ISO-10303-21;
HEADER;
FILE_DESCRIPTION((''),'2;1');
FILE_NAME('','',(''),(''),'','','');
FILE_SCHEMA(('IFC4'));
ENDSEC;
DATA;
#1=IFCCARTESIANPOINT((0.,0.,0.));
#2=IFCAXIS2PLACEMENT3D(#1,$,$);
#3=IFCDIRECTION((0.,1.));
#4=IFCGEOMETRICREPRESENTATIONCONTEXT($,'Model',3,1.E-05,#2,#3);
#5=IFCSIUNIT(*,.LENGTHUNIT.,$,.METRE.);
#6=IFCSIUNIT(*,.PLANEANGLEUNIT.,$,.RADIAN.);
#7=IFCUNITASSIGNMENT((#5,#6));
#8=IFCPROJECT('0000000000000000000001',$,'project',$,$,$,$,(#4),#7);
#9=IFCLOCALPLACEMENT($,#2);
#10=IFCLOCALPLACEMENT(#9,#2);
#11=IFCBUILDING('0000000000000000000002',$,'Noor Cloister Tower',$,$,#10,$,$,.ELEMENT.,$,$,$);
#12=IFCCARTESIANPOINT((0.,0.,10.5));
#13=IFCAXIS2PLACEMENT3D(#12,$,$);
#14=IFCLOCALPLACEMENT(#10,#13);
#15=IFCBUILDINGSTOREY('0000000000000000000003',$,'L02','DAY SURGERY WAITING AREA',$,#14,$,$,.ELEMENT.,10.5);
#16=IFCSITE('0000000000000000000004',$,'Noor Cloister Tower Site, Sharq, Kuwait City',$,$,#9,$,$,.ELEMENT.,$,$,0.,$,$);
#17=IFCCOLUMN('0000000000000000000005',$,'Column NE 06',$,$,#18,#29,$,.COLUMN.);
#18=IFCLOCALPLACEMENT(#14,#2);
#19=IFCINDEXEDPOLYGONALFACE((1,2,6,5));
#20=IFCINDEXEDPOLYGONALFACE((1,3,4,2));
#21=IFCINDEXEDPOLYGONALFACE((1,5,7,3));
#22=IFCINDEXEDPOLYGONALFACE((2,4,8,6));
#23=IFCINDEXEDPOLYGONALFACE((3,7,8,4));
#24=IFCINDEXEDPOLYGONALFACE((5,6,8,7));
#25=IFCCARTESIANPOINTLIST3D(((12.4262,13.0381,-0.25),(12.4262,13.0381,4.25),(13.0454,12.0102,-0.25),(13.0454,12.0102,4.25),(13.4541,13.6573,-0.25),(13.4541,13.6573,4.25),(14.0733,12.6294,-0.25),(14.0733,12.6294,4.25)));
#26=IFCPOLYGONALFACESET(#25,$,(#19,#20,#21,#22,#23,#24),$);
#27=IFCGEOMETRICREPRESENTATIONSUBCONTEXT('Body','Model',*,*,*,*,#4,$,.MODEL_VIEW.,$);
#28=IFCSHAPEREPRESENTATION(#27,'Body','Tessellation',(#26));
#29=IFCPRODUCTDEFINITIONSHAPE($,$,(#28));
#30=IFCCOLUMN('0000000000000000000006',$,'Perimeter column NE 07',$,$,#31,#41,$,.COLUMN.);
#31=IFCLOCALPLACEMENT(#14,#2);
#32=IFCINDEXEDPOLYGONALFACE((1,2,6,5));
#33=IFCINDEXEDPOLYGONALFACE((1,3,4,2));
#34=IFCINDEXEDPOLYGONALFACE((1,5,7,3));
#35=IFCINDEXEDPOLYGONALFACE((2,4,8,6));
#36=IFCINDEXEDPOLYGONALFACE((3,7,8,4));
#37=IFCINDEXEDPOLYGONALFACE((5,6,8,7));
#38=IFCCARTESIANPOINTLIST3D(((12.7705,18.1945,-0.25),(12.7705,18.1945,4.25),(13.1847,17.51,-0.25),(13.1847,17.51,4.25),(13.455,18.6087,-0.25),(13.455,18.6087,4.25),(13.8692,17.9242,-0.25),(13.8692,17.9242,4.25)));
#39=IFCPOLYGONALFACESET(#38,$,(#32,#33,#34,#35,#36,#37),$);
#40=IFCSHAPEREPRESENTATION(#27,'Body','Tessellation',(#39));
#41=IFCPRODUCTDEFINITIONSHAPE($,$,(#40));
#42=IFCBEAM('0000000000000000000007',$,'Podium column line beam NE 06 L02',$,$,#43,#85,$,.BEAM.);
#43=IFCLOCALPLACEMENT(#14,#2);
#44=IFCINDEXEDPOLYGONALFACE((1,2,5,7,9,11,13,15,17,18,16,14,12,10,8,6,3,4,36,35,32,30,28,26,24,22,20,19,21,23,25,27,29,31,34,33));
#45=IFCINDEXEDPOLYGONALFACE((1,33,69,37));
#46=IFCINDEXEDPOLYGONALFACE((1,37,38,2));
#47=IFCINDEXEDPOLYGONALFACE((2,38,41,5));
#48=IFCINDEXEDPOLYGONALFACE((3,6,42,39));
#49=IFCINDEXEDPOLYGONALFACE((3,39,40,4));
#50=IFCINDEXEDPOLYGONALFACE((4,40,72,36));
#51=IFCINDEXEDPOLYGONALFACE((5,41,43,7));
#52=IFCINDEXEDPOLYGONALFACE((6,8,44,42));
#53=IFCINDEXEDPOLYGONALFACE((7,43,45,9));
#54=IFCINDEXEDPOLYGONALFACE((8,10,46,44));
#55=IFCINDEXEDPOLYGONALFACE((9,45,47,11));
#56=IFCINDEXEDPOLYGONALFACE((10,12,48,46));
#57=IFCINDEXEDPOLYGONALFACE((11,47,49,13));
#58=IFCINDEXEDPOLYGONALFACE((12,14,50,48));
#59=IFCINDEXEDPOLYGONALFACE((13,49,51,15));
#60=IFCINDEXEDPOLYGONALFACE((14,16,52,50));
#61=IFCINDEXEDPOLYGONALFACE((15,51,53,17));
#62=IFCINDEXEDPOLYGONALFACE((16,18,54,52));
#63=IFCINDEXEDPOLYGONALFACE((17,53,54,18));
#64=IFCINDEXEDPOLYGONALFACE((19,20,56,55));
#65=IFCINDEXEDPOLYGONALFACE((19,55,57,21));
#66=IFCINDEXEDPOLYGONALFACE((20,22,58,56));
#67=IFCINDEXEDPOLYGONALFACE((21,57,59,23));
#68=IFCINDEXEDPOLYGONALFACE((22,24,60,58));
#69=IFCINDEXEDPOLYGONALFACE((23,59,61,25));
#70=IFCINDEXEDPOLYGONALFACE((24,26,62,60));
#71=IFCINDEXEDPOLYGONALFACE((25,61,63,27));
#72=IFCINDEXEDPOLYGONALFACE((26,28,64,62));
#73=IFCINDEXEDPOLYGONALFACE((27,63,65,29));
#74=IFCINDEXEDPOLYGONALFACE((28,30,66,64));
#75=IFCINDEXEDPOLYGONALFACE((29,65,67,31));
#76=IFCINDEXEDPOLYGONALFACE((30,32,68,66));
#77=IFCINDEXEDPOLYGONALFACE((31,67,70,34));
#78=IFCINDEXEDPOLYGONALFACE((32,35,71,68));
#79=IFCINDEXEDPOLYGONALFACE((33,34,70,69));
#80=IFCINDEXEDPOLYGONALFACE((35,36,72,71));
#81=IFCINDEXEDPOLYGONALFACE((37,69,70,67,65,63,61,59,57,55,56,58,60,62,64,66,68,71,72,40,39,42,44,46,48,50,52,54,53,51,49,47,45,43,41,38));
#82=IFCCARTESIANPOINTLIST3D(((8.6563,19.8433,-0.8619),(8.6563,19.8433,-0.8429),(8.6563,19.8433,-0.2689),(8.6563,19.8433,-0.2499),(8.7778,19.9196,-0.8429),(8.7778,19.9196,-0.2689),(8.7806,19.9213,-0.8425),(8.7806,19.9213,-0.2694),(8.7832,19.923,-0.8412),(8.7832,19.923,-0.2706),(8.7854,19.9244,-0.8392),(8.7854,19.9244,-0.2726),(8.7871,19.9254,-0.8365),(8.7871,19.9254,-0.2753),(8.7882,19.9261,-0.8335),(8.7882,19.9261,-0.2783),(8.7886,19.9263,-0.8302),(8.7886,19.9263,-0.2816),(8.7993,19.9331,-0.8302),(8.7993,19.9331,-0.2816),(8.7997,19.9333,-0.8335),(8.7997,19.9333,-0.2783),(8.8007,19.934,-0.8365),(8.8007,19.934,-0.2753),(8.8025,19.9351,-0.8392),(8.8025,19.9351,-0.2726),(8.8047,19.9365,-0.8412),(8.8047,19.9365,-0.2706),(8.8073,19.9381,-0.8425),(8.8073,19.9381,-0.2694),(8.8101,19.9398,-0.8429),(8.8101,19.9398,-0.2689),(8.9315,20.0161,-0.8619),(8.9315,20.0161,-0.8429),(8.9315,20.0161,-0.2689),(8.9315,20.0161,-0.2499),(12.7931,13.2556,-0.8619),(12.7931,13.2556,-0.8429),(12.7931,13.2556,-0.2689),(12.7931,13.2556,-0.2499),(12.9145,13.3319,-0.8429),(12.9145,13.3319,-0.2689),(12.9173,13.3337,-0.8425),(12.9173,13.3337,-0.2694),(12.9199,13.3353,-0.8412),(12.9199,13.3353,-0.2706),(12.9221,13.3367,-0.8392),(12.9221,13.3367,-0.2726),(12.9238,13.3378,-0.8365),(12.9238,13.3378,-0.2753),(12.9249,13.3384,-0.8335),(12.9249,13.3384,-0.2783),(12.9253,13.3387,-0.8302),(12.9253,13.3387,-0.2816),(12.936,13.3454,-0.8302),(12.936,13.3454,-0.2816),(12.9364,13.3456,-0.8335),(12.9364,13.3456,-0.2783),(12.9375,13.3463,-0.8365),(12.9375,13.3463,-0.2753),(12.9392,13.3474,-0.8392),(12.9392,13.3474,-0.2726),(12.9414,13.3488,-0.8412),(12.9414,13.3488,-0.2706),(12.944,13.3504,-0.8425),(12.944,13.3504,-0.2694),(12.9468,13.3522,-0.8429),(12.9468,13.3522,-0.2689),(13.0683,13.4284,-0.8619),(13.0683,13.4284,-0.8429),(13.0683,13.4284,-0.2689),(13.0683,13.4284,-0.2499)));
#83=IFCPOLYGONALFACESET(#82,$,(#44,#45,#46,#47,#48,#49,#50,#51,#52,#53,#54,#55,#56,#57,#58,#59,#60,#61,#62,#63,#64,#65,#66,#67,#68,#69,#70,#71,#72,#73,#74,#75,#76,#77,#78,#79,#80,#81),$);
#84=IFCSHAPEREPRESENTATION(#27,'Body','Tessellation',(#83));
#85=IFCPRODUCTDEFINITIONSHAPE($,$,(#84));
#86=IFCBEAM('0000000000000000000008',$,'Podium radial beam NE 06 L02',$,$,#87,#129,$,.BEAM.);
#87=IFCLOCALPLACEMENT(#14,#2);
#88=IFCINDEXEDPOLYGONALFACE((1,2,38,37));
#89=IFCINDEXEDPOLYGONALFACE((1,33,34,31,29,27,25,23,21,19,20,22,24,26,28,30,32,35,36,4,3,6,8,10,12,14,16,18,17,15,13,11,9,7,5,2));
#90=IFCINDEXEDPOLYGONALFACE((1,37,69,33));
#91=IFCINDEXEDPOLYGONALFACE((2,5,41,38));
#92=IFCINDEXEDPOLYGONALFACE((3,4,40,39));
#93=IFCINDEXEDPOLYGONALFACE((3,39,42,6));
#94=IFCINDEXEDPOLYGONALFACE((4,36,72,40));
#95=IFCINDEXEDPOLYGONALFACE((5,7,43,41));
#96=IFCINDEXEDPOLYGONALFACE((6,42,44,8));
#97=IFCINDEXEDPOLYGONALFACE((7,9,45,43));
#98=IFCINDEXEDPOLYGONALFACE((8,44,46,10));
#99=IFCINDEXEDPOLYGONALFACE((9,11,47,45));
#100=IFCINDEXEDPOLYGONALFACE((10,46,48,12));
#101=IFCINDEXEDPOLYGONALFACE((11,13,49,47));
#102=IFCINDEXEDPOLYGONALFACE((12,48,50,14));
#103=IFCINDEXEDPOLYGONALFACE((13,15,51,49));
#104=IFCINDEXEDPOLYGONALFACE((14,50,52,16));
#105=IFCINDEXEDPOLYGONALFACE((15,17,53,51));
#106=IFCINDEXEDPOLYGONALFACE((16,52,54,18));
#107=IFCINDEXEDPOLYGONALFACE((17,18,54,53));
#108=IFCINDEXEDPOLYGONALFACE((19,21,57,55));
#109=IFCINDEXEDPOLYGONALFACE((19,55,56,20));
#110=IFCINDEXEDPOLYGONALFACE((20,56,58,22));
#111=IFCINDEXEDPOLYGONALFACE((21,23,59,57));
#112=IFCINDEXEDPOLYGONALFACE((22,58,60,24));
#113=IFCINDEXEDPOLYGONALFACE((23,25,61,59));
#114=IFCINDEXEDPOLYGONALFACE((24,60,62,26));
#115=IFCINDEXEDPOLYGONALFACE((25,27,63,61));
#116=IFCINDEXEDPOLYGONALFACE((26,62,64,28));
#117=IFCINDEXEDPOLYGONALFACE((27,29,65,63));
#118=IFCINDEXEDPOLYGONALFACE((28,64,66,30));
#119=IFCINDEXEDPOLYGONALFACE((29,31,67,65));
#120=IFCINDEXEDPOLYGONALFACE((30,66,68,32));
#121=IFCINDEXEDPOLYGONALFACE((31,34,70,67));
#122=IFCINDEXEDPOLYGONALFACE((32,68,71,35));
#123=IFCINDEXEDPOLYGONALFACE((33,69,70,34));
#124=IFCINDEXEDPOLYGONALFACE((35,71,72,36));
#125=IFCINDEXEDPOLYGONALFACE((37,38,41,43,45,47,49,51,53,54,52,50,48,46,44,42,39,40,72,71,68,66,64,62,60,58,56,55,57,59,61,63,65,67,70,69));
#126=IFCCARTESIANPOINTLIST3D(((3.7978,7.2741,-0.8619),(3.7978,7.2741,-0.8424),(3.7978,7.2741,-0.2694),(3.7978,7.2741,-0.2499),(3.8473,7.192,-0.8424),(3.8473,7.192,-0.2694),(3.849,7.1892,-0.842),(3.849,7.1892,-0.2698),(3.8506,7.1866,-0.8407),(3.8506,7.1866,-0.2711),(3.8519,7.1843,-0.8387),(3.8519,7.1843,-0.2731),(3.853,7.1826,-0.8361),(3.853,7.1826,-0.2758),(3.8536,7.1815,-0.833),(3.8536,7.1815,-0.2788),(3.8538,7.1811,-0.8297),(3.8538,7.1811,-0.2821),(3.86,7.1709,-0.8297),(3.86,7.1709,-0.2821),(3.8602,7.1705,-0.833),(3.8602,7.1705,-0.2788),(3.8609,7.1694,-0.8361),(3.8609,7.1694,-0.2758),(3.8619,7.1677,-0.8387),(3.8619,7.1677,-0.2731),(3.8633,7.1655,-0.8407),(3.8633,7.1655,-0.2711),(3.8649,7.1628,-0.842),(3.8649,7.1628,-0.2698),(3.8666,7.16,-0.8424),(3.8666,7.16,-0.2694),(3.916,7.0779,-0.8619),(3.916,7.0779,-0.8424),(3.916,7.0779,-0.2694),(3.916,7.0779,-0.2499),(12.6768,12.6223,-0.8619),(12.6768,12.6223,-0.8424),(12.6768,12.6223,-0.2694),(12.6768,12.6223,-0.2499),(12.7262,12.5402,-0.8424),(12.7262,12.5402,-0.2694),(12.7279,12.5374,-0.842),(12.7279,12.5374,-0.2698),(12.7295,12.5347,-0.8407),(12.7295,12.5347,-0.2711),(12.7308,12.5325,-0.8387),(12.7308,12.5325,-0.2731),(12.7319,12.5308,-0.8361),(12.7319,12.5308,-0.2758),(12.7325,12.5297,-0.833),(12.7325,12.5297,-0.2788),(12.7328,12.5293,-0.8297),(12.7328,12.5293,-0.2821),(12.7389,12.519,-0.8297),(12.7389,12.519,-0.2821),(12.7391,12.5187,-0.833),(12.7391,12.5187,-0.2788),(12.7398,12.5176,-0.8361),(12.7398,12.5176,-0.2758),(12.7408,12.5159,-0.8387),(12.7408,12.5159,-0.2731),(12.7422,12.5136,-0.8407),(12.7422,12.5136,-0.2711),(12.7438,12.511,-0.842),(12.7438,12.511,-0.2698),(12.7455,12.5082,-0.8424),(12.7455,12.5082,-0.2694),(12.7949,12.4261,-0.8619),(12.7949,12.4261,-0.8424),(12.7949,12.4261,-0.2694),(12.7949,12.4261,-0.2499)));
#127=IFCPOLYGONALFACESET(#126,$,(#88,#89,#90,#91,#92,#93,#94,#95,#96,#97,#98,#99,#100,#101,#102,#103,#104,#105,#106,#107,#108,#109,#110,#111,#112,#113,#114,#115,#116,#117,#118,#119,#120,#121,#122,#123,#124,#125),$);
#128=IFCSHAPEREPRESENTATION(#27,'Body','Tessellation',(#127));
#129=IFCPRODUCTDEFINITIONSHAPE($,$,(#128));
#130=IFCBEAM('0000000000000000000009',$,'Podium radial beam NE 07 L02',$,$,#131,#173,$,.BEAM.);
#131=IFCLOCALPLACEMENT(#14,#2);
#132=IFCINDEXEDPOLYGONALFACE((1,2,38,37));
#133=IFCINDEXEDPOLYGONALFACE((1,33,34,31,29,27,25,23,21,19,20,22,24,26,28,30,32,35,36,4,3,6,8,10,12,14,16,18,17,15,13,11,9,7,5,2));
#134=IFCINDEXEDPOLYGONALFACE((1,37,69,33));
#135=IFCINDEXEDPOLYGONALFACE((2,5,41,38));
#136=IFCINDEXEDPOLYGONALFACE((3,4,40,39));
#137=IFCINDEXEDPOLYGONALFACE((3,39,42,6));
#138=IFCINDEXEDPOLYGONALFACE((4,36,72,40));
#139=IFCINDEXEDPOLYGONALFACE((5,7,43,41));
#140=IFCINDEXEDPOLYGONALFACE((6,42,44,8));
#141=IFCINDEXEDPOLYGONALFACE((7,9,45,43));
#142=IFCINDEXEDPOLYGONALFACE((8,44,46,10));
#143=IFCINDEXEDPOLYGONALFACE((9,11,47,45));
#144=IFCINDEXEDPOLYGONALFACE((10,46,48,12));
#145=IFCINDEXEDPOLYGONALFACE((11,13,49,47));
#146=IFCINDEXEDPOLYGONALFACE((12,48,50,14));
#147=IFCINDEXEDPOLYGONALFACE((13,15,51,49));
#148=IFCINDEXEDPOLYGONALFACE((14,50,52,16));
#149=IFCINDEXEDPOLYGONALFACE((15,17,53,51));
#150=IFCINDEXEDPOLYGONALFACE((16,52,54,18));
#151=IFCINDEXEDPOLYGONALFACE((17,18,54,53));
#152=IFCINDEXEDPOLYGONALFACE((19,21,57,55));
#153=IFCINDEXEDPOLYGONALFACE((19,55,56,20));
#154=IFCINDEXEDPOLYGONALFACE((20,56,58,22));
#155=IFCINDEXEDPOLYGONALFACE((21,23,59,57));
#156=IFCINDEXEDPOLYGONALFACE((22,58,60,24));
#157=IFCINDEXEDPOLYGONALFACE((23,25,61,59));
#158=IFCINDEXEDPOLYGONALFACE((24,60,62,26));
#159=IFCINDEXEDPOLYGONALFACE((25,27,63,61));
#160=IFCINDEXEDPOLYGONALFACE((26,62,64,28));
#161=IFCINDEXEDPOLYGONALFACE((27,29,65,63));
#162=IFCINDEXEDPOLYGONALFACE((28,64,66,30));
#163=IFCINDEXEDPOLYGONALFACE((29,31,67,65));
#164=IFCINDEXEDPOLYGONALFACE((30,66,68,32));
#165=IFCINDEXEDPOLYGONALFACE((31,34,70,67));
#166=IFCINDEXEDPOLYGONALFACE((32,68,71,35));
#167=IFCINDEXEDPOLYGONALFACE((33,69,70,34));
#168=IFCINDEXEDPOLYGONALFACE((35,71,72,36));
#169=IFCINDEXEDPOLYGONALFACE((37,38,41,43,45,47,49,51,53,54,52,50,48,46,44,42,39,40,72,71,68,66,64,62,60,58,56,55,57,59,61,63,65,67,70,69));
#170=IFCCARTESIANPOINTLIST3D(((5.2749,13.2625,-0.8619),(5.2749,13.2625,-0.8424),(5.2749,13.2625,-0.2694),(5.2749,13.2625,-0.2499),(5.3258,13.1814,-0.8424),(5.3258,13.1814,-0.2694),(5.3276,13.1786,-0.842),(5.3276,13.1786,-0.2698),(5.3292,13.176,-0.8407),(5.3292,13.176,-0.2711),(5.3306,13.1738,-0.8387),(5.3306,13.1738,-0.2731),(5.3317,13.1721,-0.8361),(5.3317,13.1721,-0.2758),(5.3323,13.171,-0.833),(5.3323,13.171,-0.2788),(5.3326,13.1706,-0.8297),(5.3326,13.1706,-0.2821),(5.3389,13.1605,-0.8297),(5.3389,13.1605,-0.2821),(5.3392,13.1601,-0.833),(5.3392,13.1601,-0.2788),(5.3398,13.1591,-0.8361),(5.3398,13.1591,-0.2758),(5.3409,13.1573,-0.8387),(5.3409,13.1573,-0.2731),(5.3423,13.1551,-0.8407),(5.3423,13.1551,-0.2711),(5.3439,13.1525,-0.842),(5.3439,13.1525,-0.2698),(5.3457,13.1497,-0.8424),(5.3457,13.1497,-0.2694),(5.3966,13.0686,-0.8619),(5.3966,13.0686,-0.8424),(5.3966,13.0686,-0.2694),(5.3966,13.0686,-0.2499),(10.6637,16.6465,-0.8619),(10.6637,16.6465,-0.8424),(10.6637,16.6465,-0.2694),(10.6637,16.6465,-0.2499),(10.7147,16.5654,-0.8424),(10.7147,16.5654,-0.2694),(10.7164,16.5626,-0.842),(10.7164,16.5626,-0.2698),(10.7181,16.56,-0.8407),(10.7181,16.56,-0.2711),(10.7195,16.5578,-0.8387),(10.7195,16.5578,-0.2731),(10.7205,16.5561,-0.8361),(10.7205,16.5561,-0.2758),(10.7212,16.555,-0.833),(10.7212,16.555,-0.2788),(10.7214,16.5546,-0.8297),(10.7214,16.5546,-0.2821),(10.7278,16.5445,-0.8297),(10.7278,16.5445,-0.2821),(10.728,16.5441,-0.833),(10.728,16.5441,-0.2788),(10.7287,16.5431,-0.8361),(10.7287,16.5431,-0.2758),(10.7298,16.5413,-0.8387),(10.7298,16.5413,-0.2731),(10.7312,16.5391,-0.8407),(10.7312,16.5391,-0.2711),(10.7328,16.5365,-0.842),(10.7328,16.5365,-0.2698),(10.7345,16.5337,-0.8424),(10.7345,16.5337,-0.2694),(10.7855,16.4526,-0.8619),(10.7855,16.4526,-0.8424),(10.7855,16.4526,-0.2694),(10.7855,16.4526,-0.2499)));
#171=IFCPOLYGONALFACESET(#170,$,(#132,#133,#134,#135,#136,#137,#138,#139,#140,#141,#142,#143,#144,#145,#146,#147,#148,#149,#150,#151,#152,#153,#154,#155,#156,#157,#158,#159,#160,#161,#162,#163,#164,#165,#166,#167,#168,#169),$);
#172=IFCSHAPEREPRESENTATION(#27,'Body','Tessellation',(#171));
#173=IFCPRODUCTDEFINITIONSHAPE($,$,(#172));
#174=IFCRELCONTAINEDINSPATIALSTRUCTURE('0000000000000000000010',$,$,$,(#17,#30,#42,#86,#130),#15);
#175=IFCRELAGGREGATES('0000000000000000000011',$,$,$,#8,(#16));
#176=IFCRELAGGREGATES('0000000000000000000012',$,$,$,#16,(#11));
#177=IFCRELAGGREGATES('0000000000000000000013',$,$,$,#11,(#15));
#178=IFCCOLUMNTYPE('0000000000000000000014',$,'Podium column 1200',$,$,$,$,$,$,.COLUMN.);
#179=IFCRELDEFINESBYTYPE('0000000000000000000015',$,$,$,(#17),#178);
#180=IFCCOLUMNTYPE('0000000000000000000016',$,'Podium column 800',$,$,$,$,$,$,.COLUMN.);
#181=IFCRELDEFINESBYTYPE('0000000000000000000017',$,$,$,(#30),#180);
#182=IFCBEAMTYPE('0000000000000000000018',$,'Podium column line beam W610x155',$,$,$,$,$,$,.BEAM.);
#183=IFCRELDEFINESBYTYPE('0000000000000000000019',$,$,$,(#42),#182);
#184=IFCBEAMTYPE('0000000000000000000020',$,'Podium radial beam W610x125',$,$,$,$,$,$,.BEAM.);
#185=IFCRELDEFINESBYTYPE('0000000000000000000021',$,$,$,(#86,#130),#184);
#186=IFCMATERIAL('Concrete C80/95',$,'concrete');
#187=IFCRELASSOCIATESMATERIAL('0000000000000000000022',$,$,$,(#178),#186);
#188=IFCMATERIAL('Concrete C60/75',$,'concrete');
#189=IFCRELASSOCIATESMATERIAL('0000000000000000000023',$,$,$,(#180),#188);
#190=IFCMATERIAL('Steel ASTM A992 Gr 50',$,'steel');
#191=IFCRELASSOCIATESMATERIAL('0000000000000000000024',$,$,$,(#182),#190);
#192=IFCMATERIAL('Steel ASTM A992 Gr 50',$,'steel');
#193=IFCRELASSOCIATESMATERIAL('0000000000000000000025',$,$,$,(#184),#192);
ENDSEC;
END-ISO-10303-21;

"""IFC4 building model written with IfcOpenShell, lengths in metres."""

from ifc_helpers import new_model, si_unit, direction, frame, origin, origin_2d, place, context, subcontext, project, spatial, rectangle, i_section, extrude, material, material_profile, profile_set, type_object, element, save


model = new_model("IFC4")

# Units and contexts
model_context = context("Model", 3, precision=1e-05, world=origin(), true_north=direction((0.0, 1.0)))
body_context = subcontext(model_context, "Body", "Model", "MODEL_VIEW")
ifc_project = project(units=[si_unit("LENGTHUNIT", "METRE"), si_unit("PLANEANGLEUNIT", "RADIAN")], contexts=[model_context])

# Site, building, storey
site_placement = place(None, origin())
site = spatial("IfcSite", under=ifc_project, at=site_placement, Name="Noor Cloister Tower Site, Sharq, Kuwait City", CompositionType="ELEMENT", RefElevation=0.0)
building_placement = place(site_placement, origin())
building = spatial("IfcBuilding", under=site, at=building_placement, Name="Noor Cloister Tower", CompositionType="ELEMENT")
storey_placement = place(building_placement, frame((0.0, 0.0, 10.5)))
storey = spatial("IfcBuildingStorey", under=building, at=storey_placement, Name="L02", Description="DAY SURGERY WAITING AREA", CompositionType="ELEMENT", Elevation=10.5)

# Columns
ifc_material_1 = material(Name="Concrete C80/95", Category="concrete")
ifc_material_profile_1 = material_profile(ifc_material_1, rectangle(XDim=1.2, YDim=1.2, at=origin_2d()), Name="Podium column 1200")
ifc_profile_set_1 = profile_set([ifc_material_profile_1], Name="Concrete C80/95")
column_type_1 = type_object("IfcColumnType", Name="Podium column 1200", PredefinedType="COLUMN", material=ifc_profile_set_1)
column_1_placement = place(storey_placement, frame((13.2498, 12.8337, -0.25), z_axis=(0.0, 0.0, 1.0), x_axis=(0.8566, 0.515981, 0.0)))
element("IfcColumn", 1, at=column_1_placement, inside=storey, type_object=column_type_1, Name="Column NE 06", PredefinedType="COLUMN", context=body_context, shape_type="SweptSolid", body=[
    extrude(rectangle(XDim=1.2, YDim=1.2, at=origin_2d()), origin(), (0.0, 0.0, 1.0), 4.5),
])
ifc_material_2 = material(Name="Concrete C60/75", Category="concrete")
ifc_material_profile_2 = material_profile(ifc_material_2, rectangle(XDim=0.8, YDim=0.8, at=origin_2d()), Name="Podium column 800")
ifc_profile_set_2 = profile_set([ifc_material_profile_2], Name="Concrete C60/75")
column_type_2 = type_object("IfcColumnType", Name="Podium column 800", PredefinedType="COLUMN", material=ifc_profile_set_2)
column_2_placement = place(storey_placement, frame((13.3198, 18.0593, -0.25), z_axis=(0.0, 0.0, 1.0), x_axis=(0.855574, 0.51768, 0.0)))
element("IfcColumn", 2, at=column_2_placement, inside=storey, type_object=column_type_2, Name="Perimeter column NE 07", PredefinedType="COLUMN", context=body_context, shape_type="SweptSolid", body=[
    extrude(rectangle(XDim=0.8, YDim=0.8, at=origin_2d()), origin(), (0.0, 0.0, 1.0), 4.5),
])

# Beams
ifc_material_3 = material(Name="Steel ASTM A992 Gr 50", Category="steel")
ifc_material_profile_3 = material_profile(ifc_material_3, i_section(OverallWidth=0.325, OverallDepth=0.6121, WebThickness=0.0127, FlangeThickness=0.019, FilletRadius=0.0127, at=origin_2d()), Name="W610x155")
ifc_profile_set_3 = profile_set([ifc_material_profile_3], Name="Steel ASTM A992 Gr 50")
beam_type_1 = type_object("IfcBeamType", Name="Podium column line beam W610x155", PredefinedType="BEAM", material=ifc_profile_set_3)
beam_1_placement = place(storey_placement, frame((12.9307, 13.342, -0.5559), z_axis=(-0.531795, 0.846873, 0.0), x_axis=(-0.846873, -0.531795, 0.0)))
element("IfcBeam", 3, at=beam_1_placement, inside=storey, type_object=beam_type_1, Name="Podium column line beam NE 06 L02", PredefinedType="BEAM", context=body_context, shape_type="SweptSolid", body=[
    extrude(i_section(OverallWidth=0.325, OverallDepth=0.6121, WebThickness=0.0127, FlangeThickness=0.019, FilletRadius=0.0127, at=origin_2d()), origin(), (0.0, 0.0, 1.0), 7.7788),
])
ifc_material_4 = material(Name="Steel ASTM A992 Gr 50", Category="steel")
ifc_material_profile_4 = material_profile(ifc_material_4, i_section(OverallWidth=0.229, OverallDepth=0.6121, WebThickness=0.012, FlangeThickness=0.0195, FilletRadius=0.0127, at=origin_2d()), Name="W610x125")
ifc_profile_set_4 = profile_set([ifc_material_profile_4], Name="Steel ASTM A992 Gr 50")
beam_type_2 = type_object("IfcBeamType", Name="Podium radial beam W610x125", PredefinedType="BEAM", material=ifc_profile_set_4)
beam_2_placement = place(storey_placement, frame((12.7358, 12.5242, -0.5559), z_axis=(-0.856606, -0.515971, 0.0), x_axis=(0.515971, -0.856606, 0.0)))
element("IfcBeam", 4, at=beam_2_placement, inside=storey, type_object=beam_type_2, Name="Podium radial beam NE 06 L02", PredefinedType="BEAM", context=body_context, shape_type="SweptSolid", body=[
    extrude(i_section(OverallWidth=0.229, OverallDepth=0.6121, WebThickness=0.012, FlangeThickness=0.0195, FilletRadius=0.0127, at=origin_2d()), origin(), (0.0, 0.0, 1.0), 10.3652),
])
beam_3_placement = place(storey_placement, frame((10.7246, 16.5496, -0.5559), z_axis=(-0.846869, -0.531801, 0.0), x_axis=(0.531801, -0.846869, 0.0)))
element("IfcBeam", 5, at=beam_3_placement, inside=storey, type_object=beam_type_2, Name="Podium radial beam NE 07 L02", PredefinedType="BEAM", context=body_context, shape_type="SweptSolid", body=[
    extrude(i_section(OverallWidth=0.229, OverallDepth=0.6121, WebThickness=0.012, FlangeThickness=0.0195, FilletRadius=0.0127, at=origin_2d()), origin(), (0.0, 0.0, 1.0), 6.3633),
])

save(model, "model.ifc")
